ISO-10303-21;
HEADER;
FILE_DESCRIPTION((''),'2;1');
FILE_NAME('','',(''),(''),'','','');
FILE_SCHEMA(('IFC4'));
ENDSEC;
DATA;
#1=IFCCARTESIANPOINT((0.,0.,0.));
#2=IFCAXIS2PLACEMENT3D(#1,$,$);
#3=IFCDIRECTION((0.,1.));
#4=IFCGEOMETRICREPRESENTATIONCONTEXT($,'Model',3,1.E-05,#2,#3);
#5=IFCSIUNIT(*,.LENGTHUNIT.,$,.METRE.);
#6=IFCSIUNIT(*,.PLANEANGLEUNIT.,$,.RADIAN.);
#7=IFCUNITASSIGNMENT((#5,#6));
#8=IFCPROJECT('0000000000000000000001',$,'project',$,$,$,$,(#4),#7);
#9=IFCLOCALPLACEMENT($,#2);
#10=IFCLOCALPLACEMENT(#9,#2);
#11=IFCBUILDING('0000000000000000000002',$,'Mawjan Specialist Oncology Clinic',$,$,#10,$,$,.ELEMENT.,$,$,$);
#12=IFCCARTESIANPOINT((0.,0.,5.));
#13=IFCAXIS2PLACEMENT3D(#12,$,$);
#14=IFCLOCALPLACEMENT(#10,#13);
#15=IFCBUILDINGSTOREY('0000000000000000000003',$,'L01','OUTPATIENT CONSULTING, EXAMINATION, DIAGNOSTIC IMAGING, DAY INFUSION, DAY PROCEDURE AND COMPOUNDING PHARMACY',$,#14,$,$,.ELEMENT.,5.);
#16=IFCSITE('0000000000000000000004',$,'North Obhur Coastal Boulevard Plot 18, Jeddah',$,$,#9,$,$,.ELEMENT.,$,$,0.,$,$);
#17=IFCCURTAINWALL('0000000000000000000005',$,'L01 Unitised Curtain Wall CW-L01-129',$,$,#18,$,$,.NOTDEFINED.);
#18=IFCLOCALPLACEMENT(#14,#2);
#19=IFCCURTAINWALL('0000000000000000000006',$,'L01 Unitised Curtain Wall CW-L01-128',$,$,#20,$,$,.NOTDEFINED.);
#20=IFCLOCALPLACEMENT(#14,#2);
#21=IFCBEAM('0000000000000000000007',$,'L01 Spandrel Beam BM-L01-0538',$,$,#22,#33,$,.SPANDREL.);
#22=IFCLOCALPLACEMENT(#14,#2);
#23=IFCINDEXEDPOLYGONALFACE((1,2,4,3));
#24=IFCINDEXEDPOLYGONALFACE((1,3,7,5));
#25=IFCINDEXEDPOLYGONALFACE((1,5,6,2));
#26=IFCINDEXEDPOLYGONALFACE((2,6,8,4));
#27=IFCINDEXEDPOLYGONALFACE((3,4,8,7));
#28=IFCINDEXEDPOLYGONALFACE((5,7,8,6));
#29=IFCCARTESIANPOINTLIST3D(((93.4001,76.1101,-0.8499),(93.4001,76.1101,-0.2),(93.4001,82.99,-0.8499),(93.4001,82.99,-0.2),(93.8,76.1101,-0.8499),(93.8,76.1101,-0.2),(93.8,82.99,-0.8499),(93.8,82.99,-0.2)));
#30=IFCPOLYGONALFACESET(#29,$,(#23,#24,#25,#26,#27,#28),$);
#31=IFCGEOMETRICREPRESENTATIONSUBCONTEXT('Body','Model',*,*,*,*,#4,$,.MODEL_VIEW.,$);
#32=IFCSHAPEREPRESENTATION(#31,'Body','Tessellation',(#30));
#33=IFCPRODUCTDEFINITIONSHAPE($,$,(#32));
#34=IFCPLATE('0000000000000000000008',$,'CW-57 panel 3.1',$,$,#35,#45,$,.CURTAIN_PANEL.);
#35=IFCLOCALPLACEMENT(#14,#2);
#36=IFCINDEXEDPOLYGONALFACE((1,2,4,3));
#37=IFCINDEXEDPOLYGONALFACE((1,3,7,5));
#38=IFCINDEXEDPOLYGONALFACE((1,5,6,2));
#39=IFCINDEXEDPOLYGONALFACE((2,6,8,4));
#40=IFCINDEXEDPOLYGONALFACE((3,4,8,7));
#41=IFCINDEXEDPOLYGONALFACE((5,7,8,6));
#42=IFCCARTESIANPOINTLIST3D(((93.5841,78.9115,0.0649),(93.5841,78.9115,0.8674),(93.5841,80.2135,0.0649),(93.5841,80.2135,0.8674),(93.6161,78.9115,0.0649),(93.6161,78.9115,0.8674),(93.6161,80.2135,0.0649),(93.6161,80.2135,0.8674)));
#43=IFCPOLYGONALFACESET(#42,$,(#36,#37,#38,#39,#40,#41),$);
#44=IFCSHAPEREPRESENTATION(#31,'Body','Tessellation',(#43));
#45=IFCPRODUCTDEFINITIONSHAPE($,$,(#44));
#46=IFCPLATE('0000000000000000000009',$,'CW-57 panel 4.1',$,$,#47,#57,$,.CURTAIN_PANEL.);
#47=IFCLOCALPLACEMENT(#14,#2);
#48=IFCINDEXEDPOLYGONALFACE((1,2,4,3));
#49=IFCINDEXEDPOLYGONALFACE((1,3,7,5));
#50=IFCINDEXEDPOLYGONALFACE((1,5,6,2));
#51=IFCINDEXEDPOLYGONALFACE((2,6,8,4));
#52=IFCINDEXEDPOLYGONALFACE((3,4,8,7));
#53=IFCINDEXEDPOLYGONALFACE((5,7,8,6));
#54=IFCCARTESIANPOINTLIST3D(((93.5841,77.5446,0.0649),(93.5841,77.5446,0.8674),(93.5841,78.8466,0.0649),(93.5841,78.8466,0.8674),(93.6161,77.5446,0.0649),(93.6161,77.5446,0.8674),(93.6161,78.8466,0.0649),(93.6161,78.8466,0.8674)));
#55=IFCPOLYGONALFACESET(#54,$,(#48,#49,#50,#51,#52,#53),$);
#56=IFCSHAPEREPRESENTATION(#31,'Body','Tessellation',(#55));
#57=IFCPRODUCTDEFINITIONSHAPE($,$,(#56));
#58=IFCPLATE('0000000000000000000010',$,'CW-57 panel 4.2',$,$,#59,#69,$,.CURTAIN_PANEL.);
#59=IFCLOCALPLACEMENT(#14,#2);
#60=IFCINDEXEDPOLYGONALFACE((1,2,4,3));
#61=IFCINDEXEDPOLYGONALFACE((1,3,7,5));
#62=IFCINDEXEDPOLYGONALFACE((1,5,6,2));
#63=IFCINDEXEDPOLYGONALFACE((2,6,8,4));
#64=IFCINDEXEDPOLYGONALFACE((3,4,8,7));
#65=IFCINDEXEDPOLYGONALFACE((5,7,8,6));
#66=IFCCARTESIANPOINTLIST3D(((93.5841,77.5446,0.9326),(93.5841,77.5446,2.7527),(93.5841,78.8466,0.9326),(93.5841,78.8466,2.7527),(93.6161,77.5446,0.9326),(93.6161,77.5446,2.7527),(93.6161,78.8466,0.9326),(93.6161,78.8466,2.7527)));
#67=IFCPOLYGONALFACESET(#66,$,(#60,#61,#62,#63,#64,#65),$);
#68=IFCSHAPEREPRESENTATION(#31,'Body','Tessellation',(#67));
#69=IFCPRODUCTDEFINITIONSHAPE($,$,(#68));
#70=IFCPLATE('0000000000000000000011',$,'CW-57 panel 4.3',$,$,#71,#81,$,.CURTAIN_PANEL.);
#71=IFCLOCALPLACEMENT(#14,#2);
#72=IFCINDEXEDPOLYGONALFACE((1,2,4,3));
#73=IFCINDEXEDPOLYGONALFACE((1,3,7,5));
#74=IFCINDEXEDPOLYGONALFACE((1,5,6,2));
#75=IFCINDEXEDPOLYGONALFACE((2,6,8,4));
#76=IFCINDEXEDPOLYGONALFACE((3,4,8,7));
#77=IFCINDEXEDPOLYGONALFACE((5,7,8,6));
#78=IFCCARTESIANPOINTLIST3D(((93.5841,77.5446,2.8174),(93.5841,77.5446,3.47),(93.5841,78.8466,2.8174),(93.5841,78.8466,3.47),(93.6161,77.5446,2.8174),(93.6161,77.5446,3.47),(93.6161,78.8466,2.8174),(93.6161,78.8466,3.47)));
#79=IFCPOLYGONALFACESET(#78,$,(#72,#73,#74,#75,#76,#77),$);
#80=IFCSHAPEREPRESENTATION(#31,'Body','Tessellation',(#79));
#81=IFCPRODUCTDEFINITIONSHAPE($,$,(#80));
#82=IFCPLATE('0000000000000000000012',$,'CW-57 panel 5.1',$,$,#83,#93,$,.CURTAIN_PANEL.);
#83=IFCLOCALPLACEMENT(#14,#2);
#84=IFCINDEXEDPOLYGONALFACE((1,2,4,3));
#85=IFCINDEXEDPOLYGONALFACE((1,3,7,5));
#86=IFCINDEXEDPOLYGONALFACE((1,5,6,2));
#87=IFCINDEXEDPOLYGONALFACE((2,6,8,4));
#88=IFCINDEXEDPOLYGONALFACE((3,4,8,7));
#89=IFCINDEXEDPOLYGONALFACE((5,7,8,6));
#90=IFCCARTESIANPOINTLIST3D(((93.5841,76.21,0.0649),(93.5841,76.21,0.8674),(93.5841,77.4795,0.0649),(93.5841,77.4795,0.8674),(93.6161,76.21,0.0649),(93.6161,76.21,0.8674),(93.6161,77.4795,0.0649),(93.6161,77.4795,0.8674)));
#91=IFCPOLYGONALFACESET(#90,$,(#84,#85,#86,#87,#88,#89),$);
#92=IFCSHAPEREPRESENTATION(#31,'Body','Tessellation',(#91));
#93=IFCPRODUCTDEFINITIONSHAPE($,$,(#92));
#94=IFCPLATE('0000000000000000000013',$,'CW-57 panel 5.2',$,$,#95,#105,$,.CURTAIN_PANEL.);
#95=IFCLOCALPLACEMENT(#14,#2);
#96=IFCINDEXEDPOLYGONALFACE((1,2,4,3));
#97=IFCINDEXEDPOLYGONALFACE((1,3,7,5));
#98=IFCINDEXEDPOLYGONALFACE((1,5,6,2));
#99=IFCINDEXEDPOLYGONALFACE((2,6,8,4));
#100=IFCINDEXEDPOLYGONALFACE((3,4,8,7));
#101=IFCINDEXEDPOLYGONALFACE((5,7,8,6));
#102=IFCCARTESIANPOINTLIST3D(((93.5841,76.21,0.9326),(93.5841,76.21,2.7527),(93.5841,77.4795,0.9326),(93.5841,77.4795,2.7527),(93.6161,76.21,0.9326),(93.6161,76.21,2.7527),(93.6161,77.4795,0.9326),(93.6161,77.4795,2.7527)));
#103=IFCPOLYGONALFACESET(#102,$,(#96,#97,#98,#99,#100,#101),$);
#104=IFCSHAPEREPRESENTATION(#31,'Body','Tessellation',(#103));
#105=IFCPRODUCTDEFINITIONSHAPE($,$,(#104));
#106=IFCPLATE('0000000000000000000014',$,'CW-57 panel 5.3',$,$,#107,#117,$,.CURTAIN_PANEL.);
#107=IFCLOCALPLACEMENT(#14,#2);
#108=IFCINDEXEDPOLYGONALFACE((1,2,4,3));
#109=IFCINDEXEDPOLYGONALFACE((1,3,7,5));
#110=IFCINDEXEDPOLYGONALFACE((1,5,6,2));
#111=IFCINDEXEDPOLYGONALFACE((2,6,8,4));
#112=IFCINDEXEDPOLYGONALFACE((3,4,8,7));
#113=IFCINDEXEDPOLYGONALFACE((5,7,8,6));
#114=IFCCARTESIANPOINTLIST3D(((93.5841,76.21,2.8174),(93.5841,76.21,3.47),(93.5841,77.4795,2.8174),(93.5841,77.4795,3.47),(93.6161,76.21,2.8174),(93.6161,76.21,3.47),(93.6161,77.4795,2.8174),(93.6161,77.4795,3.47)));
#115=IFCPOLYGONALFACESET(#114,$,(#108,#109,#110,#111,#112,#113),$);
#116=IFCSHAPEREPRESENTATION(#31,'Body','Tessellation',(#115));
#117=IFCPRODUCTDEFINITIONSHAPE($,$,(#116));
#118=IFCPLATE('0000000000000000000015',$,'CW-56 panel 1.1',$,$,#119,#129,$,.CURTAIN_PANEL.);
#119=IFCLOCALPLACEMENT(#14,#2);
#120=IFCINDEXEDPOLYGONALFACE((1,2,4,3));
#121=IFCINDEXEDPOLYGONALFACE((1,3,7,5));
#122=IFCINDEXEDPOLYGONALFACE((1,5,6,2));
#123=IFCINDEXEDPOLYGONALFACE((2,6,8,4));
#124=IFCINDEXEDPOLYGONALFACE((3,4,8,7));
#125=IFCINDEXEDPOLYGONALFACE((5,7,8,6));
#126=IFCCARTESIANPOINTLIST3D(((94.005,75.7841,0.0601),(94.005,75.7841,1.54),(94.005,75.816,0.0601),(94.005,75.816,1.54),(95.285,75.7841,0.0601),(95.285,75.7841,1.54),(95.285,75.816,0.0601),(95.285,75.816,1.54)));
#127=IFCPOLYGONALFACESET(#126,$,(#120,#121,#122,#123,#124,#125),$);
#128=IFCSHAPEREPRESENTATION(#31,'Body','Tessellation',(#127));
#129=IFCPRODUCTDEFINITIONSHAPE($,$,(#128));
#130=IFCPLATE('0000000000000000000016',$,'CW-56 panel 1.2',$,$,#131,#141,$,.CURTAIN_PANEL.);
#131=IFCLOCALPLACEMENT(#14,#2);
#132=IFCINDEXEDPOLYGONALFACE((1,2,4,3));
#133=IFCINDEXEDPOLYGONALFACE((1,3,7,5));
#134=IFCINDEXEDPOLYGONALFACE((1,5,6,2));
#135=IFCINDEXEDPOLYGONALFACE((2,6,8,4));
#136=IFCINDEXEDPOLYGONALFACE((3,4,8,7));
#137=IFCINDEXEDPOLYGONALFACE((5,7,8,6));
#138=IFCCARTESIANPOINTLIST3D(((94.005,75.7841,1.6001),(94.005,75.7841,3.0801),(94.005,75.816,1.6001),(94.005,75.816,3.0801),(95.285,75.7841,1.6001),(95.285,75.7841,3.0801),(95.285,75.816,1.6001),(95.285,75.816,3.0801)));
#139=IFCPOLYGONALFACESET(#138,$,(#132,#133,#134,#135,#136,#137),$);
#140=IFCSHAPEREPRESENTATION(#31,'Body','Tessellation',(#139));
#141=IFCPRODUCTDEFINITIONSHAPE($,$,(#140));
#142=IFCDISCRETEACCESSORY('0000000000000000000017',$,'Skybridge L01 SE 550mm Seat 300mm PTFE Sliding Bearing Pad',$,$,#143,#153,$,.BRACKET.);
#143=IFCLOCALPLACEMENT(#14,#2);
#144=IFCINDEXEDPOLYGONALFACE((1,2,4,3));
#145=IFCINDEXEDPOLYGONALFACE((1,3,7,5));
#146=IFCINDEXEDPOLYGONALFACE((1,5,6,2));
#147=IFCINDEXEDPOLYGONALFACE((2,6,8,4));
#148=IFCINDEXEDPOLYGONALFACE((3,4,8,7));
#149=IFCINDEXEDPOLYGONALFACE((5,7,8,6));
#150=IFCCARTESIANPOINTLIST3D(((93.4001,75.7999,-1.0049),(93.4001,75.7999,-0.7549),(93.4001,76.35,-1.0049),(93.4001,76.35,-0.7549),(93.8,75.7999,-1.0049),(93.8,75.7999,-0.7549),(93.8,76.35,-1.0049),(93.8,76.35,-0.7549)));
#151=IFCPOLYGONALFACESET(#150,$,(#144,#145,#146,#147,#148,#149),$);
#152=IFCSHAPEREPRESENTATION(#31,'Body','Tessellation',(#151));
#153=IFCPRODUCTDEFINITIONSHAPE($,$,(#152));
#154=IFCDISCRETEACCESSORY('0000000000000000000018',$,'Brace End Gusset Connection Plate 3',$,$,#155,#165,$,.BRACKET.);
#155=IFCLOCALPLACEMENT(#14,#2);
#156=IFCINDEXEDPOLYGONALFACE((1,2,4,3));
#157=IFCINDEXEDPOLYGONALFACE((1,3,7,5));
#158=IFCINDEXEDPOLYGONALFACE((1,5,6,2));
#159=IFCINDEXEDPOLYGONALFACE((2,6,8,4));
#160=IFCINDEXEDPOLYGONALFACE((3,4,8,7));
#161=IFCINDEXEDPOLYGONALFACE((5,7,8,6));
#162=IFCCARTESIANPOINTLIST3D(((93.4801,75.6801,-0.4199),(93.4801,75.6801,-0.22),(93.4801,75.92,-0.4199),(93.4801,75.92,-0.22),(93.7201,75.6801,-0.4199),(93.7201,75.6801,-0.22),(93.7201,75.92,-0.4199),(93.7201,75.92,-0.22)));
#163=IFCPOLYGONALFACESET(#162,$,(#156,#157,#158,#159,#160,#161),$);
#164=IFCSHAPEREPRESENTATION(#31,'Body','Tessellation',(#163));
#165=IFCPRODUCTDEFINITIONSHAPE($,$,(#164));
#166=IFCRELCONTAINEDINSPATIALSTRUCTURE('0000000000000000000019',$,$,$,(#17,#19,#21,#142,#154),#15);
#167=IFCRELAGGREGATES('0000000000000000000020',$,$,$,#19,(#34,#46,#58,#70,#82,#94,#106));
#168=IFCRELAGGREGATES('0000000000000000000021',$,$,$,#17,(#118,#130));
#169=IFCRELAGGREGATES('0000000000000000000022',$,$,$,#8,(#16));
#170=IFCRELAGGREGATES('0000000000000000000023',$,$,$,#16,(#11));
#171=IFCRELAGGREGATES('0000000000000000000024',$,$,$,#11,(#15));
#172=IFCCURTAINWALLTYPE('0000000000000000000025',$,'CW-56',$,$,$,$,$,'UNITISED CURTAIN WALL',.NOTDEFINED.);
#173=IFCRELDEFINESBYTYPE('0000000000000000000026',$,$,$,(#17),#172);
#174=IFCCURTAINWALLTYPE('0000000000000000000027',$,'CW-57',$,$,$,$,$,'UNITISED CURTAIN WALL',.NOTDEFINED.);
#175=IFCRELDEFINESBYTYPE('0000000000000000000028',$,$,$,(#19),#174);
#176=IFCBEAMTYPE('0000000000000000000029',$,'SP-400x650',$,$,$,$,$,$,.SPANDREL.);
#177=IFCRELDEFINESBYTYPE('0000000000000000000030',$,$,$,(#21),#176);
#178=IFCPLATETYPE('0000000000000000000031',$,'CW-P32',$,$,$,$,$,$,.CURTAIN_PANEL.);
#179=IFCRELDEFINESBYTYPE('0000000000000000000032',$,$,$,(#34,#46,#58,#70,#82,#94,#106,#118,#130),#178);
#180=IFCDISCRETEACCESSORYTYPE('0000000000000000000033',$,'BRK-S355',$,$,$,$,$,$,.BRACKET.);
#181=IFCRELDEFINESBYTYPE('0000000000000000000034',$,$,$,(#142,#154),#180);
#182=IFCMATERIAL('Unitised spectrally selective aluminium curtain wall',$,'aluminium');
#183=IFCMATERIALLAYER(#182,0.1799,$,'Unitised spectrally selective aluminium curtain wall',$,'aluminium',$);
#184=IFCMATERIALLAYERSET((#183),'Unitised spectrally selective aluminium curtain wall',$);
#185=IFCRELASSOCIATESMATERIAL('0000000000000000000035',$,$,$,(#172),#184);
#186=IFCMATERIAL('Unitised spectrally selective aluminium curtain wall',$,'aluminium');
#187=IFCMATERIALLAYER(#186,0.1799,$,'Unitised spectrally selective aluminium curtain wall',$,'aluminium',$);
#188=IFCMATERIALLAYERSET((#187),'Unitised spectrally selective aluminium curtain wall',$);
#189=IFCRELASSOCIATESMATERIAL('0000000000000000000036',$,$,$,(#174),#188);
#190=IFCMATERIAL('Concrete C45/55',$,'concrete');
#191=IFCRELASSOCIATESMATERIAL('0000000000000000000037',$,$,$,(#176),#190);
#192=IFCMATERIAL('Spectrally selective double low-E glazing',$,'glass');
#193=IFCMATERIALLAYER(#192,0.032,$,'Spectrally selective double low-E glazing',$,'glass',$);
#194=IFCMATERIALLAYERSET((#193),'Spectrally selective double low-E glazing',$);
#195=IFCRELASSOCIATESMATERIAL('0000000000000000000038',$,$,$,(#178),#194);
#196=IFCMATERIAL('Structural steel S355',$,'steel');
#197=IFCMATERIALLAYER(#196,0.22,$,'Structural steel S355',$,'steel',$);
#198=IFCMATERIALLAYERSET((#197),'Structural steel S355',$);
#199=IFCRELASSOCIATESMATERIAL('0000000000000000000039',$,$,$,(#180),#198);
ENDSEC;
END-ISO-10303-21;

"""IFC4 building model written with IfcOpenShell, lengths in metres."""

from ifc_helpers import new_model, si_unit, direction, frame, origin, origin_2d, place, context, subcontext, project, spatial, rectangle, extrude, material, layer, layer_set, material_profile, profile_set, type_object, element, aggregate, save


model = new_model("IFC4")

# Units and contexts
model_context = context("Model", 3, precision=1e-05, world=origin(), true_north=direction((0.0, 1.0)))
body_context = subcontext(model_context, "Body", "Model", "MODEL_VIEW")
ifc_project = project(units=[si_unit("LENGTHUNIT", "METRE"), si_unit("PLANEANGLEUNIT", "RADIAN")], contexts=[model_context])

# Site, building, storey
site_placement = place(None, origin())
site = spatial("IfcSite", under=ifc_project, at=site_placement, Name="North Obhur Coastal Boulevard Plot 18, Jeddah", CompositionType="ELEMENT", RefElevation=0.0)
building_placement = place(site_placement, origin())
building = spatial("IfcBuilding", under=site, at=building_placement, Name="Mawjan Specialist Oncology Clinic", CompositionType="ELEMENT")
storey_placement = place(building_placement, frame((0.0, 0.0, 5.0)))
storey = spatial("IfcBuildingStorey", under=building, at=storey_placement, Name="L01", Description="OUTPATIENT CONSULTING, EXAMINATION, DIAGNOSTIC IMAGING, DAY INFUSION, DAY PROCEDURE AND COMPOUNDING PHARMACY", CompositionType="ELEMENT", Elevation=5.0)

# Curtain wall
ifc_material_1 = material(Name="Unitised spectrally selective aluminium curtain wall", Category="aluminium")
ifc_layer_1 = layer(ifc_material_1, 0.1799, Name="Unitised spectrally selective aluminium curtain wall", Category="aluminium")
ifc_layer_set_1 = layer_set([ifc_layer_1], Name="Unitised spectrally selective aluminium curtain wall")
curtain_wall_type_1 = type_object("IfcCurtainWallType", Name="CW-56", ElementType="UNITISED CURTAIN WALL", PredefinedType="NOTDEFINED", material=ifc_layer_set_1)
curtain_wall_1_placement = place(storey_placement, origin())
curtain_wall_1 = element("IfcCurtainWall", 1, at=curtain_wall_1_placement, inside=storey, type_object=curtain_wall_type_1, Name="L01 Unitised Curtain Wall CW-L01-129", PredefinedType="NOTDEFINED")

# Curtain wall
ifc_material_2 = material(Name="Unitised spectrally selective aluminium curtain wall", Category="aluminium")
ifc_layer_2 = layer(ifc_material_2, 0.1799, Name="Unitised spectrally selective aluminium curtain wall", Category="aluminium")
ifc_layer_set_2 = layer_set([ifc_layer_2], Name="Unitised spectrally selective aluminium curtain wall")
curtain_wall_type_2 = type_object("IfcCurtainWallType", Name="CW-57", ElementType="UNITISED CURTAIN WALL", PredefinedType="NOTDEFINED", material=ifc_layer_set_2)
curtain_wall_2_placement = place(storey_placement, origin())
curtain_wall_2 = element("IfcCurtainWall", 2, at=curtain_wall_2_placement, inside=storey, type_object=curtain_wall_type_2, Name="L01 Unitised Curtain Wall CW-L01-128", PredefinedType="NOTDEFINED")

# Beam
ifc_material_3 = material(Name="Concrete C45/55", Category="concrete")
ifc_material_profile_1 = material_profile(ifc_material_3, rectangle(XDim=0.3999, YDim=0.6499, at=origin_2d()), Name="RC BM 400x650", Category="concrete")
ifc_profile_set_1 = profile_set([ifc_material_profile_1], Name="Concrete C45/55")
beam_type = type_object("IfcBeamType", Name="SP-400x650", PredefinedType="SPANDREL", material=ifc_profile_set_1)
beam_1_placement = place(storey_placement, frame((93.6001, 76.1101, -0.5249), z_axis=(0.0, 1.0, 0.0), x_axis=(-1.0, 0.0, 0.0)))
element("IfcBeam", 3, at=beam_1_placement, inside=storey, type_object=beam_type, Name="L01 Spandrel Beam BM-L01-0538", PredefinedType="SPANDREL", context=body_context, shape_type="SweptSolid", body=[
    extrude(rectangle(XDim=0.3999, YDim=0.6499, at=origin_2d()), origin(), (0.0, 0.0, 1.0), 6.8799),
])

# Plates
ifc_material_4 = material(Name="Spectrally selective double low-E glazing", Category="glass")
ifc_layer_3 = layer(ifc_material_4, 0.032, Name="Spectrally selective double low-E glazing", Category="glass")
ifc_layer_set_3 = layer_set([ifc_layer_3], Name="Spectrally selective double low-E glazing")
plate_type = type_object("IfcPlateType", Name="CW-P32", PredefinedType="CURTAIN_PANEL", material=ifc_layer_set_3)
plate_1_placement = place(storey_placement, frame((93.6001, 79.5625, 0.0649), z_axis=(0.0, 0.0, 1.0), x_axis=(0.0, -1.0, 0.0)))
plate_1 = element("IfcPlate", 4, at=plate_1_placement, type_object=plate_type, Name="CW-57 panel 3.1", PredefinedType="CURTAIN_PANEL", context=body_context, shape_type="SweptSolid", body=[
    extrude(rectangle(XDim=1.302, YDim=0.032, at=origin_2d()), origin(), (0.0, 0.0, 1.0), 0.8025),
])
plate_2_placement = place(storey_placement, frame((93.6001, 78.1956, 0.0649), z_axis=(0.0, 0.0, 1.0), x_axis=(0.0, -1.0, 0.0)))
plate_2 = element("IfcPlate", 5, at=plate_2_placement, type_object=plate_type, Name="CW-57 panel 4.1", PredefinedType="CURTAIN_PANEL", context=body_context, shape_type="SweptSolid", body=[
    extrude(rectangle(XDim=1.302, YDim=0.032, at=origin_2d()), origin(), (0.0, 0.0, 1.0), 0.8025),
])
plate_3_placement = place(storey_placement, frame((93.6001, 78.1956, 0.9326), z_axis=(0.0, 0.0, 1.0), x_axis=(0.0, -1.0, 0.0)))
plate_3 = element("IfcPlate", 6, at=plate_3_placement, type_object=plate_type, Name="CW-57 panel 4.2", PredefinedType="CURTAIN_PANEL", context=body_context, shape_type="SweptSolid", body=[
    extrude(rectangle(XDim=1.302, YDim=0.032, at=origin_2d()), origin(), (0.0, 0.0, 1.0), 1.8201),
])
plate_4_placement = place(storey_placement, frame((93.6001, 78.1956, 2.8174), z_axis=(0.0, 0.0, 1.0), x_axis=(0.0, -1.0, 0.0)))
plate_4 = element("IfcPlate", 7, at=plate_4_placement, type_object=plate_type, Name="CW-57 panel 4.3", PredefinedType="CURTAIN_PANEL", context=body_context, shape_type="SweptSolid", body=[
    extrude(rectangle(XDim=1.302, YDim=0.032, at=origin_2d()), origin(), (0.0, 0.0, 1.0), 0.6526),
])
plate_5_placement = place(storey_placement, frame((93.6001, 76.8447, 0.0649), z_axis=(0.0, 0.0, 1.0), x_axis=(0.0, -1.0, 0.0)))
plate_5 = element("IfcPlate", 8, at=plate_5_placement, type_object=plate_type, Name="CW-57 panel 5.1", PredefinedType="CURTAIN_PANEL", context=body_context, shape_type="SweptSolid", body=[
    extrude(rectangle(XDim=1.2695, YDim=0.032, at=origin_2d()), origin(), (0.0, 0.0, 1.0), 0.8025),
])
plate_6_placement = place(storey_placement, frame((93.6001, 76.8447, 0.9326), z_axis=(0.0, 0.0, 1.0), x_axis=(0.0, -1.0, 0.0)))
plate_6 = element("IfcPlate", 9, at=plate_6_placement, type_object=plate_type, Name="CW-57 panel 5.2", PredefinedType="CURTAIN_PANEL", context=body_context, shape_type="SweptSolid", body=[
    extrude(rectangle(XDim=1.2695, YDim=0.032, at=origin_2d()), origin(), (0.0, 0.0, 1.0), 1.8201),
])
plate_7_placement = place(storey_placement, frame((93.6001, 76.8447, 2.8174), z_axis=(0.0, 0.0, 1.0), x_axis=(0.0, -1.0, 0.0)))
plate_7 = element("IfcPlate", 10, at=plate_7_placement, type_object=plate_type, Name="CW-57 panel 5.3", PredefinedType="CURTAIN_PANEL", context=body_context, shape_type="SweptSolid", body=[
    extrude(rectangle(XDim=1.2695, YDim=0.032, at=origin_2d()), origin(), (0.0, 0.0, 1.0), 0.6526),
])
aggregate(curtain_wall_2, [plate_1, plate_2, plate_3, plate_4, plate_5, plate_6, plate_7])
plate_8_placement = place(storey_placement, frame((94.645, 75.8, 0.0601), z_axis=(0.0, 0.0, 1.0), x_axis=(1.0, 0.0, 0.0)))
plate_8 = element("IfcPlate", 11, at=plate_8_placement, type_object=plate_type, Name="CW-56 panel 1.1", PredefinedType="CURTAIN_PANEL", context=body_context, shape_type="SweptSolid", body=[
    extrude(rectangle(XDim=1.28, YDim=0.032, at=origin_2d()), origin(), (0.0, 0.0, 1.0), 1.48),
])
plate_9_placement = place(storey_placement, frame((94.645, 75.8, 1.6001), z_axis=(0.0, 0.0, 1.0), x_axis=(1.0, 0.0, 0.0)))
plate_9 = element("IfcPlate", 12, at=plate_9_placement, type_object=plate_type, Name="CW-56 panel 1.2", PredefinedType="CURTAIN_PANEL", context=body_context, shape_type="SweptSolid", body=[
    extrude(rectangle(XDim=1.28, YDim=0.032, at=origin_2d()), origin(), (0.0, 0.0, 1.0), 1.48),
])
aggregate(curtain_wall_1, [plate_8, plate_9])

# Discrete accessories
ifc_material_5 = material(Name="Structural steel S355", Category="steel")
ifc_layer_4 = layer(ifc_material_5, 0.22, Name="Structural steel S355", Category="steel")
ifc_layer_set_4 = layer_set([ifc_layer_4], Name="Structural steel S355")
discrete_accessory_type = type_object("IfcDiscreteAccessoryType", Name="BRK-S355", PredefinedType="BRACKET", material=ifc_layer_set_4)
discrete_accessory_1_placement = place(storey_placement, frame((93.6001, 76.075, -1.0049), z_axis=(0.0, 0.0, 1.0), x_axis=(1.0, 0.0, 0.0)))
element("IfcDiscreteAccessory", 13, at=discrete_accessory_1_placement, inside=storey, type_object=discrete_accessory_type, Name="Skybridge L01 SE 550mm Seat 300mm PTFE Sliding Bearing Pad", PredefinedType="BRACKET", context=body_context, shape_type="SweptSolid", body=[
    extrude(rectangle(XDim=0.3999, YDim=0.55, at=origin_2d()), origin(), (0.0, 0.0, 1.0), 0.25),
])
discrete_accessory_2_placement = place(storey_placement, frame((93.6001, 75.8, -0.4199), z_axis=(0.0, 0.0, 1.0), x_axis=(1.0, 0.0, 0.0)))
element("IfcDiscreteAccessory", 14, at=discrete_accessory_2_placement, inside=storey, type_object=discrete_accessory_type, Name="Brace End Gusset Connection Plate 3", PredefinedType="BRACKET", context=body_context, shape_type="SweptSolid", body=[
    extrude(rectangle(XDim=0.24, YDim=0.24, at=origin_2d()), origin(), (0.0, 0.0, 1.0), 0.2),
])

save(model, "model.ifc")
